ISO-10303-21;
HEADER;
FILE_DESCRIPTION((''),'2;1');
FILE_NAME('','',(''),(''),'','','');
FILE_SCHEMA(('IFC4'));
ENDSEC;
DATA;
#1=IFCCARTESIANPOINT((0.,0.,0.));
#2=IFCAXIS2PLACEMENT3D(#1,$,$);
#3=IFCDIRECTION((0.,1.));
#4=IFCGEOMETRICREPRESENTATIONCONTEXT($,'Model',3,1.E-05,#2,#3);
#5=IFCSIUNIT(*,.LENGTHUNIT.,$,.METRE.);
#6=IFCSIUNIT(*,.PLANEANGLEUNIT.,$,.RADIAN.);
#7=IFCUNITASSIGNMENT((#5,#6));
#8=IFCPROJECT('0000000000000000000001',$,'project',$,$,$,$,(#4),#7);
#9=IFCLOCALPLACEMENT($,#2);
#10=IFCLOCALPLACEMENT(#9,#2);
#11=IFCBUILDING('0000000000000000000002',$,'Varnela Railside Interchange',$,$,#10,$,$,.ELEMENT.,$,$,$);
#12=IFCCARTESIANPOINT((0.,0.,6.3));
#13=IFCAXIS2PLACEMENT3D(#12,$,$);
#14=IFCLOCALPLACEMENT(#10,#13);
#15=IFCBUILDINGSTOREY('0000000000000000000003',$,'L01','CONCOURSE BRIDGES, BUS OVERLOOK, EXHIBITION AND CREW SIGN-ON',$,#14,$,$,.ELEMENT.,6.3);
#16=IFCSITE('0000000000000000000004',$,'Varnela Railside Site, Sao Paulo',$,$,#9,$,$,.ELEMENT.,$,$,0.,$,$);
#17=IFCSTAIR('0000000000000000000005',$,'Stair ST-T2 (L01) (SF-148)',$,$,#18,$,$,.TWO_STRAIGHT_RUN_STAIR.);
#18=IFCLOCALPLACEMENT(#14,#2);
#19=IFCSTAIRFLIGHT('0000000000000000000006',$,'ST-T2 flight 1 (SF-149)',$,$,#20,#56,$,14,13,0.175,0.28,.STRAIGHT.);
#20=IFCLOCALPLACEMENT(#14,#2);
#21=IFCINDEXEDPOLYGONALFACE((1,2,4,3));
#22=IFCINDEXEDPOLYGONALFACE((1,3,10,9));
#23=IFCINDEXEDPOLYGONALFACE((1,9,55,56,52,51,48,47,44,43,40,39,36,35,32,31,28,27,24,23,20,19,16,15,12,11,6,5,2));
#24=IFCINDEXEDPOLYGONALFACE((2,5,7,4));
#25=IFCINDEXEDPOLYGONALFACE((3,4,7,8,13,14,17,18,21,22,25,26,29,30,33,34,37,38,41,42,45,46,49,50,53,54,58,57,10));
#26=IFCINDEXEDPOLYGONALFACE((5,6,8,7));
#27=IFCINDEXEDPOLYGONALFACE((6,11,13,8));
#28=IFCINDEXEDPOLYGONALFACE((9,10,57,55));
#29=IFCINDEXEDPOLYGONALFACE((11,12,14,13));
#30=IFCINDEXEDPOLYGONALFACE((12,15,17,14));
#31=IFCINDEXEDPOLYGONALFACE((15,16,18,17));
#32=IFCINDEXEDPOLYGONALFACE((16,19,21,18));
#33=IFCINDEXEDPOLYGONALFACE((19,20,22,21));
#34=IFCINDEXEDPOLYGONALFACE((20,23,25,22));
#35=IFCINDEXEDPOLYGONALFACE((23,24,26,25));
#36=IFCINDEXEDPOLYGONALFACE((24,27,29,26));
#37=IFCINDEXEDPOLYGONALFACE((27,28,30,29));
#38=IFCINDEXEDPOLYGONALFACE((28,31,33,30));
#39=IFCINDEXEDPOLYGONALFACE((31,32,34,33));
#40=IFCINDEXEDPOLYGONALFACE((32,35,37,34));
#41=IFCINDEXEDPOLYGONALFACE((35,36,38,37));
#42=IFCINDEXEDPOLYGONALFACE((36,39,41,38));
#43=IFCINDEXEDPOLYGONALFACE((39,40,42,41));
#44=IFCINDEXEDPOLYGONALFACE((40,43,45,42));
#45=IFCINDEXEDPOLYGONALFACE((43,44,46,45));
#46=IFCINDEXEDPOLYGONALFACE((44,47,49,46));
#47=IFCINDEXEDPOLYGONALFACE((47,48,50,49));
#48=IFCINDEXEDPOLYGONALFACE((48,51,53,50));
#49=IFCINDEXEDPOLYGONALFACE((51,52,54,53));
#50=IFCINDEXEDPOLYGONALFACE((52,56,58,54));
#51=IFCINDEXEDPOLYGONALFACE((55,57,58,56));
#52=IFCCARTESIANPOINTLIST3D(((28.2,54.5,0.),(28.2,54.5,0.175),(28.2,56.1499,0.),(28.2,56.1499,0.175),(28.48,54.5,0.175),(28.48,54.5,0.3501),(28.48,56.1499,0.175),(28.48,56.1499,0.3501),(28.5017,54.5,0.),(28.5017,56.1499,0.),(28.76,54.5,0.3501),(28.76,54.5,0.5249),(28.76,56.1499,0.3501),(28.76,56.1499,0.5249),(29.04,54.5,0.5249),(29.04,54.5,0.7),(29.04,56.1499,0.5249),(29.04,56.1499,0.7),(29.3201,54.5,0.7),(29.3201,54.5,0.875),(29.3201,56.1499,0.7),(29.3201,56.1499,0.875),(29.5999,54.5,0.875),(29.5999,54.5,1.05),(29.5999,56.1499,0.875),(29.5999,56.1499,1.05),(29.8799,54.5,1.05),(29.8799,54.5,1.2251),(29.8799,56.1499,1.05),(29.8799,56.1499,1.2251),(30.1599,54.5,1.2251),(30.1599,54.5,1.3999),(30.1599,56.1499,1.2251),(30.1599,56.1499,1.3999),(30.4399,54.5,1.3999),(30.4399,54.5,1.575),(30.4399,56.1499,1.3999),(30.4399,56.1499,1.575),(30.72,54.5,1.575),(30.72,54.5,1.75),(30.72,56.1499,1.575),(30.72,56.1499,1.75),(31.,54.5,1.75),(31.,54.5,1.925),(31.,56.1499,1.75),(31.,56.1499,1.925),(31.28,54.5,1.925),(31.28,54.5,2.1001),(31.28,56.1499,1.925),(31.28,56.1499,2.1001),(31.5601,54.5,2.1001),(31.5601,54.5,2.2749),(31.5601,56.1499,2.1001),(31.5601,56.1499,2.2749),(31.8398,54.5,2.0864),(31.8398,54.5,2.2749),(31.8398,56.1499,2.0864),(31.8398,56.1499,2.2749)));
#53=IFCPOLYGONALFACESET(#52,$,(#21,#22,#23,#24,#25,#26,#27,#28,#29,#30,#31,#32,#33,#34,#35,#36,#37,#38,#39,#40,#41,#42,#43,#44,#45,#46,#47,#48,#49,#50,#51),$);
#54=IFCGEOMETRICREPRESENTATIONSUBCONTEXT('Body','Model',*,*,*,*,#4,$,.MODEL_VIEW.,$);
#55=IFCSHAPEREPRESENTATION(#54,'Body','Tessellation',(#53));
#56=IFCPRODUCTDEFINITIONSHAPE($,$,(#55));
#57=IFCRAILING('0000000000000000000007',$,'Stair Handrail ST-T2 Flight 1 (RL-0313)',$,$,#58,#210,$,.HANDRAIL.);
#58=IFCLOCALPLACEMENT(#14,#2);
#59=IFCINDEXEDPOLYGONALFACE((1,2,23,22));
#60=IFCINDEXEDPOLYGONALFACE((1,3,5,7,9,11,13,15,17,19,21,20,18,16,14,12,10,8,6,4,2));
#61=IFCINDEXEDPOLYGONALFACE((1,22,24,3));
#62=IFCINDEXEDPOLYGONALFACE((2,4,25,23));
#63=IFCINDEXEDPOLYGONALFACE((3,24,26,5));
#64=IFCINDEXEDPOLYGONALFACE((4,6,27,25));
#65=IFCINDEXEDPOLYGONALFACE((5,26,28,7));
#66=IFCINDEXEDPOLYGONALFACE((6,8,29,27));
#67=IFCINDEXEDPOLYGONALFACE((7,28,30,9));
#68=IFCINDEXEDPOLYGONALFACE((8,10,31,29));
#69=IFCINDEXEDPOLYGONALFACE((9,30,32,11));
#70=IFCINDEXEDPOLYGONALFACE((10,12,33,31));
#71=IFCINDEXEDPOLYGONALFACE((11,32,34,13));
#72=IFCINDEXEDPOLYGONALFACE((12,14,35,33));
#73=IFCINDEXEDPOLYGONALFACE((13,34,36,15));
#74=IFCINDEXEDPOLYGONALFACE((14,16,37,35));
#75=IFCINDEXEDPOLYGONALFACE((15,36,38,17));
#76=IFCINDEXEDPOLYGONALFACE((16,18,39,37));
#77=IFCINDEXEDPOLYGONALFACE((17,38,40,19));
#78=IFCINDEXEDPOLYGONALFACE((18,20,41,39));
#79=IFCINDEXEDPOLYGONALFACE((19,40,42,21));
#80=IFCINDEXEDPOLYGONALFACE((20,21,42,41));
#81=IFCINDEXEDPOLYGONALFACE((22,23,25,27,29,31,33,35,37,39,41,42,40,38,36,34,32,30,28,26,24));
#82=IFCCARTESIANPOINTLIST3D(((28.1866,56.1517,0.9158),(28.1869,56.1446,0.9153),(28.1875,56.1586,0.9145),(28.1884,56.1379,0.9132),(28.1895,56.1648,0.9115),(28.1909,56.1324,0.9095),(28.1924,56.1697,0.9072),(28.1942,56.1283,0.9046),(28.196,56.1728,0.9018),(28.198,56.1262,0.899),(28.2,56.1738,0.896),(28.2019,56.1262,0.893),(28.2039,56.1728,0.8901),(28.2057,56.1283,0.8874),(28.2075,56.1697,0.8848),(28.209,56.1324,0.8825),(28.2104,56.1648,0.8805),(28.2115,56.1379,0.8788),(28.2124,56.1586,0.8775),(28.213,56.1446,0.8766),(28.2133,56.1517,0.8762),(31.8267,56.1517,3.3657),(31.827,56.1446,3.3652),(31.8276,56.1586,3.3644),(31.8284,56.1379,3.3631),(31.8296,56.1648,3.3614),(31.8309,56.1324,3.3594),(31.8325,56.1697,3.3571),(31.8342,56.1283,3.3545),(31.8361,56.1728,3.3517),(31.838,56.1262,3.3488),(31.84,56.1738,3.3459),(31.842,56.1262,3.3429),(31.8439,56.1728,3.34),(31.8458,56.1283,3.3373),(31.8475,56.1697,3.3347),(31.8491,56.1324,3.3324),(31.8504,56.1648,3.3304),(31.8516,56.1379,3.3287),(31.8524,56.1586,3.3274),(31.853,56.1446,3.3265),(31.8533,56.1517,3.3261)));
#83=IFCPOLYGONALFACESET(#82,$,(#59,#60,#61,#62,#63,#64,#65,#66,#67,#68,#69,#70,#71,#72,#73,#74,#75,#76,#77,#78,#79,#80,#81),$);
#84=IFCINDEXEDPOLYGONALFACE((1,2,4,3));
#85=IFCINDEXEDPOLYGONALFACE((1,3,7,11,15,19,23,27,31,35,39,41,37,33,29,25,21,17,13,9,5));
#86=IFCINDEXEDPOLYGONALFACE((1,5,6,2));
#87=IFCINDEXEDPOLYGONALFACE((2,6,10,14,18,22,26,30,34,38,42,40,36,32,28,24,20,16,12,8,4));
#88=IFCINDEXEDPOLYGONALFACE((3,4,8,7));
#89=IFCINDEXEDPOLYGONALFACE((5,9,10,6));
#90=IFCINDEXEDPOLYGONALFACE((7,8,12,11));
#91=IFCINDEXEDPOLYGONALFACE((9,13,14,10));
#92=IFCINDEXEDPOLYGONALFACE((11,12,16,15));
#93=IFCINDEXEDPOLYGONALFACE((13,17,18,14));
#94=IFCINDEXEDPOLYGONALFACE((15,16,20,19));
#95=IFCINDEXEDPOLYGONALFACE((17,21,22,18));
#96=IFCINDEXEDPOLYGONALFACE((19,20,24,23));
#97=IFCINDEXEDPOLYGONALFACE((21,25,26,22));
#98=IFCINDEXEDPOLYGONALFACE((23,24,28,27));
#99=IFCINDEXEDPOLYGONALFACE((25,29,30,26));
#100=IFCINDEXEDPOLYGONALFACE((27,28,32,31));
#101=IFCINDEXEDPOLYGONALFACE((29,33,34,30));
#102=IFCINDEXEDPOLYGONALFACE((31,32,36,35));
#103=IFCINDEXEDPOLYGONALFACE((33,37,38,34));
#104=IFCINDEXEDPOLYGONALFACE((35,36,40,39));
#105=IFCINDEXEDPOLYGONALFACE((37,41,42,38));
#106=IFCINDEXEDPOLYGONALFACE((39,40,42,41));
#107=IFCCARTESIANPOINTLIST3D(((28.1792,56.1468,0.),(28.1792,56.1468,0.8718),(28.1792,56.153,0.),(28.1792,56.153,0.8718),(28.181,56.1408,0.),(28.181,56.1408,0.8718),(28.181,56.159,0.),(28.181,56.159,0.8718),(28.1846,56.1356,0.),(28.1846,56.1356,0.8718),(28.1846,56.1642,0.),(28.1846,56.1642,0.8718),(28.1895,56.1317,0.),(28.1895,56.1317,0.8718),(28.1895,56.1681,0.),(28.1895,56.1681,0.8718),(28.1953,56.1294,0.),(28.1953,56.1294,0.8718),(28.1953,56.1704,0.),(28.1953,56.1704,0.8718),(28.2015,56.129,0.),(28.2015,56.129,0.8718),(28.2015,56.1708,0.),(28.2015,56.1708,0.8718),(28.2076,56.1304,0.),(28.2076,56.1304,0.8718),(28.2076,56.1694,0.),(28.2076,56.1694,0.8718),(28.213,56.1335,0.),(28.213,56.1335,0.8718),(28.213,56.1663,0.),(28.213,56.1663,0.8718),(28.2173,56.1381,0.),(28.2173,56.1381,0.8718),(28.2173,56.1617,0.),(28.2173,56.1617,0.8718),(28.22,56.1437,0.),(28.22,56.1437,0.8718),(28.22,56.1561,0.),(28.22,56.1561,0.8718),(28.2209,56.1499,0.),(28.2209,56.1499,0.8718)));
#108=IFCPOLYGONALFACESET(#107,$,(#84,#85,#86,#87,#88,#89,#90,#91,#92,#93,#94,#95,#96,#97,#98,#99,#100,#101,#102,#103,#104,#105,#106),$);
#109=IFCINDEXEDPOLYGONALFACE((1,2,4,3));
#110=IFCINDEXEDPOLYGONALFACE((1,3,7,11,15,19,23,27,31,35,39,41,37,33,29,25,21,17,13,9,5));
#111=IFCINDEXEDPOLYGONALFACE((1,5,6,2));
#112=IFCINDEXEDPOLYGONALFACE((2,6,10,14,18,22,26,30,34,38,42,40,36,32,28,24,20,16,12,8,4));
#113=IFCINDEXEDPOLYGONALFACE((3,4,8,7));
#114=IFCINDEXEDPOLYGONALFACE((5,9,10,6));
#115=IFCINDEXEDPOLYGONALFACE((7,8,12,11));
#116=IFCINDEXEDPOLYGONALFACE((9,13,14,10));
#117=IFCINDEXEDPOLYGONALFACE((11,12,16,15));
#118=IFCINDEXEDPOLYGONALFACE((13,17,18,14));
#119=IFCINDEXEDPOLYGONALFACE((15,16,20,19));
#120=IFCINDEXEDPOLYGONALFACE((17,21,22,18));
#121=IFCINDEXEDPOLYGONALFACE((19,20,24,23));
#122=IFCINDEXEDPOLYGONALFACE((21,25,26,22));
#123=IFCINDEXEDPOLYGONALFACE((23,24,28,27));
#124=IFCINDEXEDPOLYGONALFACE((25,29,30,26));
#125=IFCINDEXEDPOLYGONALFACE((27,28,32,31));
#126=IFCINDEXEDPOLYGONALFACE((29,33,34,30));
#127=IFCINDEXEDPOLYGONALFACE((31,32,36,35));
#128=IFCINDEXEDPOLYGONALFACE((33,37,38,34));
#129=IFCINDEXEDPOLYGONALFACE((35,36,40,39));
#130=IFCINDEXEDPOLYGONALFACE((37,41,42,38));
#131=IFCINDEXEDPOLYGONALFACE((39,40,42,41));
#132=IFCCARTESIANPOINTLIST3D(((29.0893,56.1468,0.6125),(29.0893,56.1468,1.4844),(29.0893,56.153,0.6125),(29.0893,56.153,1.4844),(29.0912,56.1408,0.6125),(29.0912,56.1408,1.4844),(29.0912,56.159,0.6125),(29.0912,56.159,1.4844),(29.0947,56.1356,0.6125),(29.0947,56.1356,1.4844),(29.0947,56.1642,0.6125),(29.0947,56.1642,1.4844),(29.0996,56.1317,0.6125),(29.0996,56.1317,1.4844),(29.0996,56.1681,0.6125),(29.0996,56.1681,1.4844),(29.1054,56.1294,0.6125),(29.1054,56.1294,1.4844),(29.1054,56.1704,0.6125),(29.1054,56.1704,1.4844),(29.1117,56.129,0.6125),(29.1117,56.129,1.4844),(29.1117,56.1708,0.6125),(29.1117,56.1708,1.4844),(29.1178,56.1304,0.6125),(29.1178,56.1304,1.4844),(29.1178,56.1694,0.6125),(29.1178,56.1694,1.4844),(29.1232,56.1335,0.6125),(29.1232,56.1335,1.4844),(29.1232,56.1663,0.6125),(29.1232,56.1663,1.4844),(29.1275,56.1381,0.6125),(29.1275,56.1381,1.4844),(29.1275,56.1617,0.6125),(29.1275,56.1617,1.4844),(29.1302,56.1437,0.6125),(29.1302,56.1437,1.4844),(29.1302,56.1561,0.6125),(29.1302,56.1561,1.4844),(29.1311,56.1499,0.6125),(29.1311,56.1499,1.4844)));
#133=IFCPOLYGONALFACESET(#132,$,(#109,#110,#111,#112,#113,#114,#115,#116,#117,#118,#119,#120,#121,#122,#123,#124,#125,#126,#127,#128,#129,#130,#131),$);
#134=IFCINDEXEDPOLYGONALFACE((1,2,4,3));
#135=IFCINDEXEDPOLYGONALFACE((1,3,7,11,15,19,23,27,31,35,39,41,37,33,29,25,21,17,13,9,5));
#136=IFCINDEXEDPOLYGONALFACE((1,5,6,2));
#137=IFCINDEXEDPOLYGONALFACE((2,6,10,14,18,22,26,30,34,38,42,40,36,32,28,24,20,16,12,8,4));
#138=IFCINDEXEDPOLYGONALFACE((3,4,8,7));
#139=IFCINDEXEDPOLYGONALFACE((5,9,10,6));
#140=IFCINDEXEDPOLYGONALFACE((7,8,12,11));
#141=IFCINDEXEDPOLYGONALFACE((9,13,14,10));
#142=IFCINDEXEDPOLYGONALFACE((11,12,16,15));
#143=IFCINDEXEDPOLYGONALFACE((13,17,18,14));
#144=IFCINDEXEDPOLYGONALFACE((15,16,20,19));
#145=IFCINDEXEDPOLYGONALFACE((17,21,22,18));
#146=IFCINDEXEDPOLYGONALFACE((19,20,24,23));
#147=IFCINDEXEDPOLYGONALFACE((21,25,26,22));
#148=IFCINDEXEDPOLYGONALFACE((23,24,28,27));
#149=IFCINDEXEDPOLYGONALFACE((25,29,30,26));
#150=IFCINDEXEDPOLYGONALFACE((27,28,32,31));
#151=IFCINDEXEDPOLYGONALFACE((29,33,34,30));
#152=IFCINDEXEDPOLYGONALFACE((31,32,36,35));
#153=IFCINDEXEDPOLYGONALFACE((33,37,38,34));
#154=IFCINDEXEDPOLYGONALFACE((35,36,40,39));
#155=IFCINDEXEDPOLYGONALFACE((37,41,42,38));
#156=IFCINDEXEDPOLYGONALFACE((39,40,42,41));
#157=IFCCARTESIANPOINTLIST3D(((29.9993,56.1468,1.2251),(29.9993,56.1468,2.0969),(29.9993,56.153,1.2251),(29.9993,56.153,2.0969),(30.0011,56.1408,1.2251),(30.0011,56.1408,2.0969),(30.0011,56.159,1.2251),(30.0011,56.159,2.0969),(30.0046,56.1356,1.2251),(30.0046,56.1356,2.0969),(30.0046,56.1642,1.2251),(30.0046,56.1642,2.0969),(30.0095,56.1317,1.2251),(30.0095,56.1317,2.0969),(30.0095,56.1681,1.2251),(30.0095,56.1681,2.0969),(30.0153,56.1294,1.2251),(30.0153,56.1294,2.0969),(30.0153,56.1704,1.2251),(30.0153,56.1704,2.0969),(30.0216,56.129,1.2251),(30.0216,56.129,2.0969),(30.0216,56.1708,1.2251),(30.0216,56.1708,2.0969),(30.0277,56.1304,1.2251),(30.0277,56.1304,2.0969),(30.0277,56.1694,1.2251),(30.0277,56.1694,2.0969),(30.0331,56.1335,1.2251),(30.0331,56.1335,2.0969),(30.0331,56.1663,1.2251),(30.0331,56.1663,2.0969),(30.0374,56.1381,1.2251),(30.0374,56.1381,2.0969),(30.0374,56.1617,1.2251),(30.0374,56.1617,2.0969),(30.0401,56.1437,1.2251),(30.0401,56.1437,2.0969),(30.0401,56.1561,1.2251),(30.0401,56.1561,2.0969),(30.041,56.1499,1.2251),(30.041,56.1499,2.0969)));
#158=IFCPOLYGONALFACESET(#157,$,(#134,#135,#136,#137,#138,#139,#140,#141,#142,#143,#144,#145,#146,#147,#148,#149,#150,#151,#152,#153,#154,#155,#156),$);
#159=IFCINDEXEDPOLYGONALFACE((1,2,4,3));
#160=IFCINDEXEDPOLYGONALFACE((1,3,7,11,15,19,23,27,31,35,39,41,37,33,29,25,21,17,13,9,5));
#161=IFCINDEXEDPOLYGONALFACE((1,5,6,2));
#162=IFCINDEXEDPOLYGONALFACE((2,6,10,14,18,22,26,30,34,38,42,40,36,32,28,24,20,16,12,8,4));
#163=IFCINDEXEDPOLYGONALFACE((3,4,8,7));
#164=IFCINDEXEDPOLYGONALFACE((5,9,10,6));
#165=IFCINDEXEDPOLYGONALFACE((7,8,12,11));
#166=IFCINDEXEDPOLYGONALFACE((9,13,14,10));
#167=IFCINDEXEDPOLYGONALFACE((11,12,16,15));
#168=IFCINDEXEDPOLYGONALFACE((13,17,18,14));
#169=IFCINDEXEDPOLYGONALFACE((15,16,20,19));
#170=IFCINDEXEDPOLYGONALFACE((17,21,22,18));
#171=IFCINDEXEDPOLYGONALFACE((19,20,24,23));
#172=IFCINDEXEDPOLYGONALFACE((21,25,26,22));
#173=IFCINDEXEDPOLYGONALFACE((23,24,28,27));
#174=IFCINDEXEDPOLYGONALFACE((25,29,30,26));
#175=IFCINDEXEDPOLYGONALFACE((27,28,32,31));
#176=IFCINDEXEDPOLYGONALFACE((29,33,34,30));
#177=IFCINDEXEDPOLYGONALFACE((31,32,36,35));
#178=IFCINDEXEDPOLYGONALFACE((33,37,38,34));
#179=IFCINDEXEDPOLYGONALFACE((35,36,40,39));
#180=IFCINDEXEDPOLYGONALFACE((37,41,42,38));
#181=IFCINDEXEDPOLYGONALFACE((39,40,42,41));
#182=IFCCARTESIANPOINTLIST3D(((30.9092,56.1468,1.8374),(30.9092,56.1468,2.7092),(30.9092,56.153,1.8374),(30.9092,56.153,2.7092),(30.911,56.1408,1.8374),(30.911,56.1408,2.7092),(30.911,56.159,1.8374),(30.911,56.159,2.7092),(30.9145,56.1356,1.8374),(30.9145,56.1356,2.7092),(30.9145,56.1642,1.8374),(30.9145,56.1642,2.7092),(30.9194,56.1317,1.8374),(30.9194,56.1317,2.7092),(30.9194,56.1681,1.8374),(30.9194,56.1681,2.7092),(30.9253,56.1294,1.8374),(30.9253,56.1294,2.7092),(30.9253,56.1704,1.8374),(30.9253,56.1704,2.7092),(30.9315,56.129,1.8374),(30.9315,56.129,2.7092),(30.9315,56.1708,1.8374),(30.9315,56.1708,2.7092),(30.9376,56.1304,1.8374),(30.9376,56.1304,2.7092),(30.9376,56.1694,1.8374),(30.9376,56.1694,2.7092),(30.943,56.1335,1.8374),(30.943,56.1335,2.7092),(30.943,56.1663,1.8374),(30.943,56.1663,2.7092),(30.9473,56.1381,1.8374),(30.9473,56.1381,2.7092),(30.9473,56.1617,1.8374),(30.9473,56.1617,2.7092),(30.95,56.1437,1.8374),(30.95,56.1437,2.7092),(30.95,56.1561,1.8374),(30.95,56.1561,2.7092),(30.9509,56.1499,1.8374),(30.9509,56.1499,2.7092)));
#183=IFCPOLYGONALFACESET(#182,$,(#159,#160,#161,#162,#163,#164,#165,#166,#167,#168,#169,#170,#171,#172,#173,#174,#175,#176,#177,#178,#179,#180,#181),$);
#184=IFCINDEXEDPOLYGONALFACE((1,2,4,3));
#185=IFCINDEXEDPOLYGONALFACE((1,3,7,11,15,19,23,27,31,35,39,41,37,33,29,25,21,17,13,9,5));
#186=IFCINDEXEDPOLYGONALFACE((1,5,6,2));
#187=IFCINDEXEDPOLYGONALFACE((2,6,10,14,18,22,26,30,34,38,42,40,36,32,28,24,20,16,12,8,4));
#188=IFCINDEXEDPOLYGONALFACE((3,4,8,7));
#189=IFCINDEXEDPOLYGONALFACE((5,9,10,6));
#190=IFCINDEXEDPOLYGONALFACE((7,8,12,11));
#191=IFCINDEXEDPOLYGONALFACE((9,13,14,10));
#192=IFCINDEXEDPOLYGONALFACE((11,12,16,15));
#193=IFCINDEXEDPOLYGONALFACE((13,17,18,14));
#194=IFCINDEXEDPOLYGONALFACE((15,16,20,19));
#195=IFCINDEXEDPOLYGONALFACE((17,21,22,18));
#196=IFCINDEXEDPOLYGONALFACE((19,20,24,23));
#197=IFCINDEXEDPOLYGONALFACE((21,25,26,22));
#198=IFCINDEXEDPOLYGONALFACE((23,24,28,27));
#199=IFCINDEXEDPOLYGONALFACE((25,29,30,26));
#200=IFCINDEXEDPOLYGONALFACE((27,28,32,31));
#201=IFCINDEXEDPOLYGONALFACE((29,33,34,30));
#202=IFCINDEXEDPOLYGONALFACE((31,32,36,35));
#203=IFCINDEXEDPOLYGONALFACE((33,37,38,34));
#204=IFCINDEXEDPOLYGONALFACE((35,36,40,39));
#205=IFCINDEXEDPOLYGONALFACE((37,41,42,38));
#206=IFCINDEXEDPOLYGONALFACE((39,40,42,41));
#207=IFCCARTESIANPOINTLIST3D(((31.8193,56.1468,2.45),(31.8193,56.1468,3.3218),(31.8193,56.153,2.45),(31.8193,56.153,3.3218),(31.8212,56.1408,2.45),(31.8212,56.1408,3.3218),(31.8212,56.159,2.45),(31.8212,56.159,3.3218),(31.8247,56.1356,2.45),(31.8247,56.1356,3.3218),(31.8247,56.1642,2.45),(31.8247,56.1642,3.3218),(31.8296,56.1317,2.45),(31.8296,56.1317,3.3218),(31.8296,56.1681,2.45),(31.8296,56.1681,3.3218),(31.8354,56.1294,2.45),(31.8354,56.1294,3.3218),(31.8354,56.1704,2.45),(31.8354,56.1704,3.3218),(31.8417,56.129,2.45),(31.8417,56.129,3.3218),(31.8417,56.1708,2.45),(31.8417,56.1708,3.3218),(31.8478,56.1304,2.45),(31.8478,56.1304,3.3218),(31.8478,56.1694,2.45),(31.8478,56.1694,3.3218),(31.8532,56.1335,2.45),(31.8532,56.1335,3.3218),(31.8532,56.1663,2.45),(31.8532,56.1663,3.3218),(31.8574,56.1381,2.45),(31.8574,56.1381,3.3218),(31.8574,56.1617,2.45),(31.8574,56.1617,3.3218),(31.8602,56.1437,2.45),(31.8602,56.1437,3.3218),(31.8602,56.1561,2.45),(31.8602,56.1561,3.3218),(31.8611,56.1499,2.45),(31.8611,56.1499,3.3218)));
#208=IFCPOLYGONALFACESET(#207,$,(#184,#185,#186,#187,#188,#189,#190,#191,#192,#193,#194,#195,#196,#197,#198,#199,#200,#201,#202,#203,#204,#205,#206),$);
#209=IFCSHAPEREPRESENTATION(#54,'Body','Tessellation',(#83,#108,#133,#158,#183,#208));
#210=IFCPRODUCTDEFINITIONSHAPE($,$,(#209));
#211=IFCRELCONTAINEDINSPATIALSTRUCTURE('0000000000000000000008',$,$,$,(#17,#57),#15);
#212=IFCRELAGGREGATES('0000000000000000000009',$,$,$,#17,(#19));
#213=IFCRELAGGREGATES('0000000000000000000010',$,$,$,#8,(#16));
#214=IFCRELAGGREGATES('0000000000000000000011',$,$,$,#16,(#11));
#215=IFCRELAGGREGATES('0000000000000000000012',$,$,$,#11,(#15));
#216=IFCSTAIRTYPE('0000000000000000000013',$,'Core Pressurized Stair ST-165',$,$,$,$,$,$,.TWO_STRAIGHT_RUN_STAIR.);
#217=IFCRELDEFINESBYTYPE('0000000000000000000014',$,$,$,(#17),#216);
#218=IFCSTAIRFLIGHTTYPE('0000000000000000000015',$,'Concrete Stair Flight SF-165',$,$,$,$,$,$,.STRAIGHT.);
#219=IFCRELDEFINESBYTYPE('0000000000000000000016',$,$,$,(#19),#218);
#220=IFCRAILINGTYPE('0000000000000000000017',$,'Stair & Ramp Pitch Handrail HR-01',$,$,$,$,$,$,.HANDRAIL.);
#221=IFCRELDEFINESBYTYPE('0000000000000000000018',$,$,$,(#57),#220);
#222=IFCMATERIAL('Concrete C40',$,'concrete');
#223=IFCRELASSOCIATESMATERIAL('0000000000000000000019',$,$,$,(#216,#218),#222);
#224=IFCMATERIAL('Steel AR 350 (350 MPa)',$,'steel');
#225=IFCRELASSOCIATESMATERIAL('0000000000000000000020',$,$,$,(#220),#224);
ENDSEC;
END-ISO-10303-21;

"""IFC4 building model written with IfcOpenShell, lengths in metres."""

from ifc_helpers import new_model, si_unit, direction, frame, origin, origin_2d, place, context, subcontext, project, spatial, polyline, circle, outline, extrude, material, type_object, element, aggregate, save


model = new_model("IFC4")

# Units and contexts
model_context = context("Model", 3, precision=1e-05, world=origin(), true_north=direction((0.0, 1.0)))
body_context = subcontext(model_context, "Body", "Model", "MODEL_VIEW")
ifc_project = project(units=[si_unit("LENGTHUNIT", "METRE"), si_unit("PLANEANGLEUNIT", "RADIAN")], contexts=[model_context])

# Site, building, storey
site_placement = place(None, origin())
site = spatial("IfcSite", under=ifc_project, at=site_placement, Name="Varnela Railside Site, Sao Paulo", CompositionType="ELEMENT", RefElevation=0.0)
building_placement = place(site_placement, origin())
building = spatial("IfcBuilding", under=site, at=building_placement, Name="Varnela Railside Interchange", CompositionType="ELEMENT")
storey_placement = place(building_placement, frame((0.0, 0.0, 6.3)))
storey = spatial("IfcBuildingStorey", under=building, at=storey_placement, Name="L01", Description="CONCOURSE BRIDGES, BUS OVERLOOK, EXHIBITION AND CREW SIGN-ON", CompositionType="ELEMENT", Elevation=6.3)

# Shared definitions
ifc_material_1 = material(Name="Steel AR 350 (350 MPa)", Category="steel")

# Stair, stair flight
ifc_material_2 = material(Name="Concrete C40", Category="concrete")
stair_type = type_object("IfcStairType", Name="Core Pressurized Stair ST-165", PredefinedType="TWO_STRAIGHT_RUN_STAIR", material=ifc_material_2)
stair_placement = place(storey_placement, origin())
stair = element("IfcStair", 1, at=stair_placement, inside=storey, type_object=stair_type, Name="Stair ST-T2 (L01) (SF-148)", PredefinedType="TWO_STRAIGHT_RUN_STAIR")
stair_flight_type = type_object("IfcStairFlightType", Name="Concrete Stair Flight SF-165", PredefinedType="STRAIGHT", material=ifc_material_2)
stair_flight_placement = place(storey_placement, frame((28.2, 55.325, 0.0), z_axis=(0.0, 0.0, 1.0), x_axis=(1.0, 0.0, 0.0)))
stair_flight = element("IfcStairFlight", 2, at=stair_flight_placement, type_object=stair_flight_type, Name="ST-T2 flight 1 (SF-149)", NumberOfRisers=14, NumberOfTreads=13, PredefinedType="STRAIGHT", RiserHeight=0.175, TreadLength=0.28, context=body_context, shape_type="SweptSolid", body=[
    extrude(outline(polyline([(0.0, 0.0), (0.0, 0.175), (0.28, 0.175), (0.28, 0.3501), (0.5601, 0.3501), (0.5601, 0.5249), (0.8401, 0.5249), (0.8401, 0.7), (1.1201, 0.7), (1.1201, 0.875), (1.3999, 0.875), (1.3999, 1.05), (1.6799, 1.05), (1.6799, 1.2251), (1.96, 1.2251), (1.96, 1.3999), (2.24, 1.3999), (2.24, 1.575), (2.52, 1.575), (2.52, 1.75), (2.8, 1.75), (2.8, 1.925), (3.0801, 1.925), (3.0801, 2.1001), (3.3601, 2.1001), (3.3601, 2.2749), (3.6399, 2.2749), (3.6399, 2.45), (3.6399, 2.0864), (0.3018, 0.0), (0.0, 0.0)])), frame((0.0, 0.825, 0.0), z_axis=(0.0, -1.0, 0.0), x_axis=(1.0, 0.0, 0.0)), (0.0, 0.0, 1.0), 1.6499),
])
aggregate(stair, [stair_flight])

# Railing
railing_type_1 = type_object("IfcRailingType", Name="Stair & Ramp Pitch Handrail HR-01", PredefinedType="HANDRAIL", material=ifc_material_1)
railing_1_placement = place(storey_placement, frame((28.2, 56.1499, 0.0)))
element("IfcRailing", 3, at=railing_1_placement, inside=storey, type_object=railing_type_1, Name="Stair Handrail ST-T2 Flight 1 (RL-0313)", PredefinedType="HANDRAIL", context=body_context, shape_type="SweptSolid", body=[
    extrude(circle(Radius=0.0239, at=origin_2d()), frame((0.0, 0.0, 0.896), z_axis=(0.829603, 0.0, 0.558354), x_axis=(0.0, 1.0, 0.0)), (0.0, 0.0, 1.0), 4.3877),
    extrude(circle(Radius=0.021, at=origin_2d()), origin(), (0.0, 0.0, 1.0), 0.8718),
    extrude(circle(Radius=0.021, at=origin_2d()), frame((0.9102, 0.0, 0.6125)), (0.0, 0.0, 1.0), 0.8718),
    extrude(circle(Radius=0.021, at=origin_2d()), frame((1.8201, 0.0, 1.2251)), (0.0, 0.0, 1.0), 0.8718),
    extrude(circle(Radius=0.021, at=origin_2d()), frame((2.73, 0.0, 1.8374)), (0.0, 0.0, 1.0), 0.8718),
    extrude(circle(Radius=0.021, at=origin_2d()), frame((3.6401, 0.0, 2.45)), (0.0, 0.0, 1.0), 0.8718),
])

save(model, "model.ifc")
